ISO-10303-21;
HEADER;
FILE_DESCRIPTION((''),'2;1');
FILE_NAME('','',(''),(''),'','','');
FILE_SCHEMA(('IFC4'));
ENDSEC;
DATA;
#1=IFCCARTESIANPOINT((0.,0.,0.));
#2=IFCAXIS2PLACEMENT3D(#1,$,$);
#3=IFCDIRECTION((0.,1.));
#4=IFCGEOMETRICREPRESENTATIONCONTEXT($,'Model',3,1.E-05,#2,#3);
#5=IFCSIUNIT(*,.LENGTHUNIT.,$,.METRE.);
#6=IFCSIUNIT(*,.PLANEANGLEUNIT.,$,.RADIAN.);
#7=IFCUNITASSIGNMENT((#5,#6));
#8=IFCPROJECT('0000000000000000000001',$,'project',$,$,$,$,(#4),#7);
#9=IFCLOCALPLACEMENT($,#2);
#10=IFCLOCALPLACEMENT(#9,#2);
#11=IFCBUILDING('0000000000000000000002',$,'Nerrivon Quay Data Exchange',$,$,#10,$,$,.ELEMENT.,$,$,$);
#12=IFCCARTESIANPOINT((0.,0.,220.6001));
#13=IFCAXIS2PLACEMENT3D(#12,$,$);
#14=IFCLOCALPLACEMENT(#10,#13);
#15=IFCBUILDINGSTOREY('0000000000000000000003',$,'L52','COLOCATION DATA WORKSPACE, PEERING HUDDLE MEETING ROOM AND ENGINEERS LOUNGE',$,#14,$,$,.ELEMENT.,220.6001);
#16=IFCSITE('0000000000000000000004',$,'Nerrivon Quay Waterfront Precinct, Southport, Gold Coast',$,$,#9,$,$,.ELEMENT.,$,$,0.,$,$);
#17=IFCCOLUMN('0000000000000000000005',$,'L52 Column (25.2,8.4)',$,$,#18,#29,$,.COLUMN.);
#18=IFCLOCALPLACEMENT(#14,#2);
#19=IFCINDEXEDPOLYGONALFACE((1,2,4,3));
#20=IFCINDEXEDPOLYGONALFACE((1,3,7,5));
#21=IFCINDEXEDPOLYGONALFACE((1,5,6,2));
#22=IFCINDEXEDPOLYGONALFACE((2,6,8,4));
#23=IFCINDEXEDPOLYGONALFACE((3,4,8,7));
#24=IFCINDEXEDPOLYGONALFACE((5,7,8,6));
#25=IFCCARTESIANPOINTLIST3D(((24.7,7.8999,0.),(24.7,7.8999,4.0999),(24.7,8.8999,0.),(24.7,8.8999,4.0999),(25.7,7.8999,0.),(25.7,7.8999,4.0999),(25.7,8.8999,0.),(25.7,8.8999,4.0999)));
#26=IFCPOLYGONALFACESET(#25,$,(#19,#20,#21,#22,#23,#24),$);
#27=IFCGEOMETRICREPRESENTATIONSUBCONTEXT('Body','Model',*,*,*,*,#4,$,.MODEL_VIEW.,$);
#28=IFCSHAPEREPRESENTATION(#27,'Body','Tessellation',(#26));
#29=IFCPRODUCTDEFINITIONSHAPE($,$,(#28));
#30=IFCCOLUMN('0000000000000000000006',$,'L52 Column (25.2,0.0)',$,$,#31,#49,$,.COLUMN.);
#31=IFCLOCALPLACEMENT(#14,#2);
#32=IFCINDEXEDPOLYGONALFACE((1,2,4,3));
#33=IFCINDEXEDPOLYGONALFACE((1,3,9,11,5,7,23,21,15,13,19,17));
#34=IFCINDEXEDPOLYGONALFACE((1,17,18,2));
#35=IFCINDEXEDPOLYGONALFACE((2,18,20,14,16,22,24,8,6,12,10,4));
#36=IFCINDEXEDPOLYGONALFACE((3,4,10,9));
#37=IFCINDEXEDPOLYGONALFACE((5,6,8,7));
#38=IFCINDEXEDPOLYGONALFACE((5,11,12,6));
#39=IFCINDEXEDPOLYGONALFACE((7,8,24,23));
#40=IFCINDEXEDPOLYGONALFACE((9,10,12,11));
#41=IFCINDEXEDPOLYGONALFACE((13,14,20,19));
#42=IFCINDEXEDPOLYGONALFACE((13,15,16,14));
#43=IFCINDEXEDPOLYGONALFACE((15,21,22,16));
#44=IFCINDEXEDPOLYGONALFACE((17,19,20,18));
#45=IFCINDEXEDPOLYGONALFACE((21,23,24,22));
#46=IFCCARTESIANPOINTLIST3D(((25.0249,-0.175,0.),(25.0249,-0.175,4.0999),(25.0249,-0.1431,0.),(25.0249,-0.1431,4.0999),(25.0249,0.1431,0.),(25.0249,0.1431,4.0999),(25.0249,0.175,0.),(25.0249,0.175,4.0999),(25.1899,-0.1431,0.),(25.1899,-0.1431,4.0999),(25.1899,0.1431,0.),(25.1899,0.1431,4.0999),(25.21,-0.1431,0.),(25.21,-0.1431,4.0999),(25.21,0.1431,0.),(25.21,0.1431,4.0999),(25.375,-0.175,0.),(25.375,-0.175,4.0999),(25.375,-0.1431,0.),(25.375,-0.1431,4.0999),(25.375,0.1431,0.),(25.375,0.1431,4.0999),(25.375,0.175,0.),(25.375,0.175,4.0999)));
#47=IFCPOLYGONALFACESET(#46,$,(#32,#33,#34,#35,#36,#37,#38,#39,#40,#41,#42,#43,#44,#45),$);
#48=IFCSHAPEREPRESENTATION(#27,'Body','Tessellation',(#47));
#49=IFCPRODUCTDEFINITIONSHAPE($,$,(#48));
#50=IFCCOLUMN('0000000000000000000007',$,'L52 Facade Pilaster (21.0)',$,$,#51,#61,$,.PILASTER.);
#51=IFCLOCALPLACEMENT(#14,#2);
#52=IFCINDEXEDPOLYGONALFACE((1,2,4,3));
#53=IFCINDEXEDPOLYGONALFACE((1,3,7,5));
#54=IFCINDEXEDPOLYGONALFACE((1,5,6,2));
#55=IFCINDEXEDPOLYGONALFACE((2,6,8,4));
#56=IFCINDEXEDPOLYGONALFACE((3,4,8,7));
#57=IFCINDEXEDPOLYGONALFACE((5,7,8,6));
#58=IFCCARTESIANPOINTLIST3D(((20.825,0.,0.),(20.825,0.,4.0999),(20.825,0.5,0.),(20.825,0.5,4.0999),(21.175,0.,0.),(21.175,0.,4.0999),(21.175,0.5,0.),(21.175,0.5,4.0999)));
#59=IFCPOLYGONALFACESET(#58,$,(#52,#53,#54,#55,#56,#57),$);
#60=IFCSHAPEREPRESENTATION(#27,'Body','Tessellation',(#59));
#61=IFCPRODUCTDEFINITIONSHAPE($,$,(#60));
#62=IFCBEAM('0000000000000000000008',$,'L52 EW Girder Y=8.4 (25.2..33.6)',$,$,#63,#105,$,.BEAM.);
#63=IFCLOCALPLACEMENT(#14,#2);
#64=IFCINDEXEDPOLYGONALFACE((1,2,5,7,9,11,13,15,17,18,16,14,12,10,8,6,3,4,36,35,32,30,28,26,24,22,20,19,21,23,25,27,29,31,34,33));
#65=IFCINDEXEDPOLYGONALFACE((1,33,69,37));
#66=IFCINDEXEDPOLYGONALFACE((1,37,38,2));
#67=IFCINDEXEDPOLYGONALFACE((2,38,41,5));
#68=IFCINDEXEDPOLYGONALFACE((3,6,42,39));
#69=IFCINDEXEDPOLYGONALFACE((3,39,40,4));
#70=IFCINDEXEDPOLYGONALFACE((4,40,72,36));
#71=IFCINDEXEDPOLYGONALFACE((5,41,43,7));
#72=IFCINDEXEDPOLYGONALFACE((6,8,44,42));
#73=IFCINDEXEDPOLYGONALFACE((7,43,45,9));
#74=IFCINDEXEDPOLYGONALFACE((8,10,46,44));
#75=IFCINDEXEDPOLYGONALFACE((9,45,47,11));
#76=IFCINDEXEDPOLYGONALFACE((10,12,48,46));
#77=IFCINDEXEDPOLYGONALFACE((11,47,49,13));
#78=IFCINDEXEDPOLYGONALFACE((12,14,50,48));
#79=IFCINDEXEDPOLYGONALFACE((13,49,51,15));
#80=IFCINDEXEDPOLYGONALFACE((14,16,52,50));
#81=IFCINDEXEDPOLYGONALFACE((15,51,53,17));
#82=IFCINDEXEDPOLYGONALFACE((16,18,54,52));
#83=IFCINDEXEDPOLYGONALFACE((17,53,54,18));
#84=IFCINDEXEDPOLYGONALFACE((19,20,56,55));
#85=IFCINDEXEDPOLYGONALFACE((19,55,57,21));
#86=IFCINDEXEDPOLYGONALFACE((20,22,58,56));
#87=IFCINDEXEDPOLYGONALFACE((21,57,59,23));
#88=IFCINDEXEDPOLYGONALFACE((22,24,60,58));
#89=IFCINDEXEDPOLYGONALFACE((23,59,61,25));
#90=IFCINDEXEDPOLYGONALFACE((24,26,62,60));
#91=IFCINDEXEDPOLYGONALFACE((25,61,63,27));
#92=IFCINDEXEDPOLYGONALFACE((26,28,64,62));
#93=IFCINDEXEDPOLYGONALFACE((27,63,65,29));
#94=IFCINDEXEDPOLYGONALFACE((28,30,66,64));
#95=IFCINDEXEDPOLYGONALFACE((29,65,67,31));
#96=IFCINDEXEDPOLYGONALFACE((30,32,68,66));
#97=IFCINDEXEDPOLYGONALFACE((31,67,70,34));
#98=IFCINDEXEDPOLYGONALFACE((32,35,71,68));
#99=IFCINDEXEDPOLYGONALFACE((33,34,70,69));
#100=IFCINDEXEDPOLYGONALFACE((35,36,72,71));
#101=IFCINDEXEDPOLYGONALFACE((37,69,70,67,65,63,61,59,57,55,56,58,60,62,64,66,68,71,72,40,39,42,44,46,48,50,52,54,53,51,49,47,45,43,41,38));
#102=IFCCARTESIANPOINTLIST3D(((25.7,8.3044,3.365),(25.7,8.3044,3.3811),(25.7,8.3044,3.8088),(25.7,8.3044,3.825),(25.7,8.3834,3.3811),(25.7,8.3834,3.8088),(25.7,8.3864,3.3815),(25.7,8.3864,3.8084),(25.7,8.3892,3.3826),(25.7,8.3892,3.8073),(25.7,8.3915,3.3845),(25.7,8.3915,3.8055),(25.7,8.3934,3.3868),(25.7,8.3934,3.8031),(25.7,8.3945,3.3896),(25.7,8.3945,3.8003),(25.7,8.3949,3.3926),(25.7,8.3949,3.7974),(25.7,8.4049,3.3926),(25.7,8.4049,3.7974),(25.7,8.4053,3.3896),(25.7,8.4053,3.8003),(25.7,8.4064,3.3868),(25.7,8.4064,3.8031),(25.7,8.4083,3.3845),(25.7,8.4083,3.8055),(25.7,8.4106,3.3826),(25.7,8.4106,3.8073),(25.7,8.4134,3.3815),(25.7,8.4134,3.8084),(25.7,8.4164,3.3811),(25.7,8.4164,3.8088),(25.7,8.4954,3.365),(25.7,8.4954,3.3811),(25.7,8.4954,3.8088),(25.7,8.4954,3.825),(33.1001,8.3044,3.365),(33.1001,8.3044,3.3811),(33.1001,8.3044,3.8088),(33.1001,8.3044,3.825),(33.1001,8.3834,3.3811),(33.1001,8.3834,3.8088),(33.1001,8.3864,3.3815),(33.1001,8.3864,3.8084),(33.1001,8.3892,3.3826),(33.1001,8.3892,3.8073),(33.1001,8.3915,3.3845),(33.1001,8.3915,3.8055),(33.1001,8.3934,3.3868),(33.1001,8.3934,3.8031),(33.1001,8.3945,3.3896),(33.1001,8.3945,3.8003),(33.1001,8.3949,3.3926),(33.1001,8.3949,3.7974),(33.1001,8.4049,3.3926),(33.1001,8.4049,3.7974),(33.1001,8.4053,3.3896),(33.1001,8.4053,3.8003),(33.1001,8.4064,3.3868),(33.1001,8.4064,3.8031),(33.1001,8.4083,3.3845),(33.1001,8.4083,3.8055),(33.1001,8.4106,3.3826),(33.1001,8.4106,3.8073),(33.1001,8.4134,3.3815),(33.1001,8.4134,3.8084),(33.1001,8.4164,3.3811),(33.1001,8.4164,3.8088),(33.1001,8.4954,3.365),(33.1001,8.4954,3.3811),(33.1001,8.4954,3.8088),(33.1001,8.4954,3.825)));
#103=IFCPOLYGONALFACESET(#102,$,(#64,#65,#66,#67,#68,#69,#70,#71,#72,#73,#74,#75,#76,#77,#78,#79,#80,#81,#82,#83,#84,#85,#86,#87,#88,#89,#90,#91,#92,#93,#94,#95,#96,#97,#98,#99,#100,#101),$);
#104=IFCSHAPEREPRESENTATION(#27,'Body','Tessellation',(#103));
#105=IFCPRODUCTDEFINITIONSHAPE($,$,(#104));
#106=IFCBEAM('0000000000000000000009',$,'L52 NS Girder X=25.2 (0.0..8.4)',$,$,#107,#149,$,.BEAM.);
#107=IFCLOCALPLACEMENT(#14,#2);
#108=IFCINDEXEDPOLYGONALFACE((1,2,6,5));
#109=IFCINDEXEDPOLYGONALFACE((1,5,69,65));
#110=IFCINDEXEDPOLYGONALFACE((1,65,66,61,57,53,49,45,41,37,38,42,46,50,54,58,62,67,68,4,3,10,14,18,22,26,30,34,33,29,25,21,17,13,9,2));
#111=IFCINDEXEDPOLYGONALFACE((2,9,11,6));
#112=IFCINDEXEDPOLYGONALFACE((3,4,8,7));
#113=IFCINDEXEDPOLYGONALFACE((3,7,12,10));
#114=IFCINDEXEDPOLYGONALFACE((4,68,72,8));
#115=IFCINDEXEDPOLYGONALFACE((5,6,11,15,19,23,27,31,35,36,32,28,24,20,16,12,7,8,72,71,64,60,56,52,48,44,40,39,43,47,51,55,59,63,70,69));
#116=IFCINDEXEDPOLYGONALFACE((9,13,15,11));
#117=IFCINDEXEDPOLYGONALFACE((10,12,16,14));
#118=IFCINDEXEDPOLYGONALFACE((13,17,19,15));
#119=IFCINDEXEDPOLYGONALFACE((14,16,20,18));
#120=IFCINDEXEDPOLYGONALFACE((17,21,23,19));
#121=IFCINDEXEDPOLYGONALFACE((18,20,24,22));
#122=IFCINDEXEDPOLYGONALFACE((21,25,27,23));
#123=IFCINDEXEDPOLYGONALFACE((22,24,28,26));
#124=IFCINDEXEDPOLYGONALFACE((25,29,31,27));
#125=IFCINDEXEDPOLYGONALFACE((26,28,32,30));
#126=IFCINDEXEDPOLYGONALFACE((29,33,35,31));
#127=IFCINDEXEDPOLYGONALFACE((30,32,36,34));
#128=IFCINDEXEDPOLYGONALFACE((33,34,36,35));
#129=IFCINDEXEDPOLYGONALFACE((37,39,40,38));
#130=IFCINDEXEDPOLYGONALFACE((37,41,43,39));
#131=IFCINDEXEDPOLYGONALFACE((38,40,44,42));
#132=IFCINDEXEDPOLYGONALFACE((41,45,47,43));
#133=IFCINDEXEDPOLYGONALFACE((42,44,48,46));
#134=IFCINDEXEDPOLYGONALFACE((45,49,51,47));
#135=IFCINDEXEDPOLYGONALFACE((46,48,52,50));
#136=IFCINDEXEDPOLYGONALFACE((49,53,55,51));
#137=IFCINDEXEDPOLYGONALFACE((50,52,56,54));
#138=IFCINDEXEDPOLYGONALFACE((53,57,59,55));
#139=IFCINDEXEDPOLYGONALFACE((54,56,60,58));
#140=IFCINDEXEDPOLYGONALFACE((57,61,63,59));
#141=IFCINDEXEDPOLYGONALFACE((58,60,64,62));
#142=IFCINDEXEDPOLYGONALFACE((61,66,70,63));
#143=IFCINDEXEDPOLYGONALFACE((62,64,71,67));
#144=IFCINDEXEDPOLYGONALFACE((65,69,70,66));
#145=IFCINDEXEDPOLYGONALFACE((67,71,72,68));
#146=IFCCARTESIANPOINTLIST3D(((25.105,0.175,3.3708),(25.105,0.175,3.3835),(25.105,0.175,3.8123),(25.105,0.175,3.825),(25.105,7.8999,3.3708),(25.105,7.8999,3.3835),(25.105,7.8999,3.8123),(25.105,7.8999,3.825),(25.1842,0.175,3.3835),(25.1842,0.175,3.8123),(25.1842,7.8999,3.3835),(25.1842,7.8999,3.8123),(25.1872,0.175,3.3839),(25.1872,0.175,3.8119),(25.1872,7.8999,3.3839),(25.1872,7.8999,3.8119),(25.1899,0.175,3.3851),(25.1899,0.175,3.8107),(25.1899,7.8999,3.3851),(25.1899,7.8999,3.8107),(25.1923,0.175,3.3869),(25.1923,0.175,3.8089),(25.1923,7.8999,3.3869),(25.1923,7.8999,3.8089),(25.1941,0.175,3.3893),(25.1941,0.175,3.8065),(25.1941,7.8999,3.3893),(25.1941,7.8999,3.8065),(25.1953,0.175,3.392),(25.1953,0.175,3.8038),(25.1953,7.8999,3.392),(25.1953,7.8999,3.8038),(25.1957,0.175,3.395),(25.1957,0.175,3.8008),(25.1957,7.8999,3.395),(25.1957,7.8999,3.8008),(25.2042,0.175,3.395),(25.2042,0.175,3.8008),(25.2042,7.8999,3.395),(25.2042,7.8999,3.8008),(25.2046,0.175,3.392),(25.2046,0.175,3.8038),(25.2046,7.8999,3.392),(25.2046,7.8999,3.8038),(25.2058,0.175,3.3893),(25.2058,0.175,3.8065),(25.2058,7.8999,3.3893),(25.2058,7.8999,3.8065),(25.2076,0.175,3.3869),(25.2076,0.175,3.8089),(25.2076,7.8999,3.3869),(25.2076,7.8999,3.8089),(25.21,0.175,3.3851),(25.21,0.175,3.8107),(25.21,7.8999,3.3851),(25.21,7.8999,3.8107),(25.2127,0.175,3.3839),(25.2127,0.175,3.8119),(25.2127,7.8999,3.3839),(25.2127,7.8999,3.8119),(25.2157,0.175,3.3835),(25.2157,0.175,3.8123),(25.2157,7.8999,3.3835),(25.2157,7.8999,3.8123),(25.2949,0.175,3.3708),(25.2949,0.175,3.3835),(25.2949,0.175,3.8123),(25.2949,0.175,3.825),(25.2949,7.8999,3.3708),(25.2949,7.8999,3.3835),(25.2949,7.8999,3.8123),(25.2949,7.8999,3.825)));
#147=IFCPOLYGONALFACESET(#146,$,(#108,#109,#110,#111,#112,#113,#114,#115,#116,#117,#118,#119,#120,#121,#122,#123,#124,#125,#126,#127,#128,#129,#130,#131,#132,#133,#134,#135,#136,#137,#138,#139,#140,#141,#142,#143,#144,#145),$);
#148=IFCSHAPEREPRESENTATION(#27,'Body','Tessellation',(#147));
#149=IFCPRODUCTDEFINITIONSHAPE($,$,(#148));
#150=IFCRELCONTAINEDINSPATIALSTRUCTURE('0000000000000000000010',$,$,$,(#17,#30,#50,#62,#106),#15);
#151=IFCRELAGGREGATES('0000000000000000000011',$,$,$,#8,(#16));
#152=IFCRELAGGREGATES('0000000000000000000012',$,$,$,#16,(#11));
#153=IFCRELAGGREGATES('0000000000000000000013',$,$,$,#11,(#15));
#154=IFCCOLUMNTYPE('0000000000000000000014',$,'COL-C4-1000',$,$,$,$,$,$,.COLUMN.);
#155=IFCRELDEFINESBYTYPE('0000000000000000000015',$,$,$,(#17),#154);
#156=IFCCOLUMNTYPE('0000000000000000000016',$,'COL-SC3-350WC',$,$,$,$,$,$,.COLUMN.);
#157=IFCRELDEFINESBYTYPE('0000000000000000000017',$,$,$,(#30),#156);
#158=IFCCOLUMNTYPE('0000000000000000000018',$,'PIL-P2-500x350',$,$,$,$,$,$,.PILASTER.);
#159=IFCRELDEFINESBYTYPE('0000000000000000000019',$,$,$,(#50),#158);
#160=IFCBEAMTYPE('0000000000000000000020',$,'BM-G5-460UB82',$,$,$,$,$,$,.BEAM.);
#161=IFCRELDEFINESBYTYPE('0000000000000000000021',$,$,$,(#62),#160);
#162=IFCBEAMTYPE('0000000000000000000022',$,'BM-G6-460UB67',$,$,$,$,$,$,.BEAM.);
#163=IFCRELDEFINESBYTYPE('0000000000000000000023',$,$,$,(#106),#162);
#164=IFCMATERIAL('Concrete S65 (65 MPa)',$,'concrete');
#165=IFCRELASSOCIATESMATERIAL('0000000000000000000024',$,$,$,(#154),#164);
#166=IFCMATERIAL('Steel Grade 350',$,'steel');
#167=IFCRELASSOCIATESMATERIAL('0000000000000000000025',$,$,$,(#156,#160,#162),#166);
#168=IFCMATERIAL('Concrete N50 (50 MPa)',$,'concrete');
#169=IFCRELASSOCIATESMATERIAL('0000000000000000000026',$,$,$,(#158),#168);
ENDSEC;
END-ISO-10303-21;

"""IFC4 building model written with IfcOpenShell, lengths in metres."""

from ifc_helpers import new_model, si_unit, direction, frame, origin, origin_2d, place, context, subcontext, project, spatial, rectangle, i_section, extrude, material, material_profile, profile_set, type_object, element, save


model = new_model("IFC4")

# Units and contexts
model_context = context("Model", 3, precision=1e-05, world=origin(), true_north=direction((0.0, 1.0)))
body_context = subcontext(model_context, "Body", "Model", "MODEL_VIEW")
ifc_project = project(units=[si_unit("LENGTHUNIT", "METRE"), si_unit("PLANEANGLEUNIT", "RADIAN")], contexts=[model_context])

# Site, building, storey
site_placement = place(None, origin())
site = spatial("IfcSite", under=ifc_project, at=site_placement, Name="Nerrivon Quay Waterfront Precinct, Southport, Gold Coast", CompositionType="ELEMENT", RefElevation=0.0)
building_placement = place(site_placement, origin())
building = spatial("IfcBuilding", under=site, at=building_placement, Name="Nerrivon Quay Data Exchange", CompositionType="ELEMENT")
storey_placement = place(building_placement, frame((0.0, 0.0, 220.6001)))
storey = spatial("IfcBuildingStorey", under=building, at=storey_placement, Name="L52", Description="COLOCATION DATA WORKSPACE, PEERING HUDDLE MEETING ROOM AND ENGINEERS LOUNGE", CompositionType="ELEMENT", Elevation=220.6001)

# Columns
ifc_material_1 = material(Name="Concrete S65 (65 MPa)", Category="concrete")
ifc_material_profile_1 = material_profile(ifc_material_1, rectangle(XDim=1.0, YDim=1.0, at=origin_2d()), Name="RC-COL-1000x1000")
ifc_profile_set_1 = profile_set([ifc_material_profile_1], Name="Concrete S65 (65 MPa)")
column_type_1 = type_object("IfcColumnType", Name="COL-C4-1000", PredefinedType="COLUMN", material=ifc_profile_set_1)
column_1_placement = place(storey_placement, frame((25.2, 8.3999, 0.0), z_axis=(0.0, 0.0, 1.0), x_axis=(1.0, 0.0, 0.0)))
element("IfcColumn", 1, at=column_1_placement, inside=storey, type_object=column_type_1, Name="L52 Column (25.2,8.4)", PredefinedType="COLUMN", context=body_context, shape_type="SweptSolid", body=[
    extrude(rectangle(XDim=1.0, YDim=1.0, at=origin_2d()), origin(), (0.0, 0.0, 1.0), 4.0999),
])
ifc_material_2 = material(Name="Steel Grade 350", Category="steel")
ifc_material_profile_2 = material_profile(ifc_material_2, i_section(OverallWidth=0.3501, OverallDepth=0.3501, WebThickness=0.02, FlangeThickness=0.032, at=origin_2d()), Name="350WC230")
ifc_profile_set_2 = profile_set([ifc_material_profile_2], Name="Steel Grade 350")
column_type_2 = type_object("IfcColumnType", Name="COL-SC3-350WC", PredefinedType="COLUMN", material=ifc_profile_set_2)
column_2_placement = place(storey_placement, frame((25.2, 0.0, 0.0), z_axis=(0.0, 0.0, 1.0), x_axis=(1.0, 0.0, 0.0)))
element("IfcColumn", 2, at=column_2_placement, inside=storey, type_object=column_type_2, Name="L52 Column (25.2,0.0)", PredefinedType="COLUMN", context=body_context, shape_type="SweptSolid", body=[
    extrude(i_section(OverallWidth=0.3501, OverallDepth=0.3501, WebThickness=0.02, FlangeThickness=0.032, at=origin_2d()), origin(), (0.0, 0.0, 1.0), 4.0999),
])
ifc_material_3 = material(Name="Concrete N50 (50 MPa)", Category="concrete")
ifc_material_profile_3 = material_profile(ifc_material_3, rectangle(XDim=0.3501, YDim=0.5, at=origin_2d()), Name="RC-PIL-500x350")
ifc_profile_set_3 = profile_set([ifc_material_profile_3], Name="Concrete N50 (50 MPa)")
column_type_3 = type_object("IfcColumnType", Name="PIL-P2-500x350", PredefinedType="PILASTER", material=ifc_profile_set_3)
column_3_placement = place(storey_placement, frame((21.0, 0.25, 0.0), z_axis=(0.0, 0.0, 1.0), x_axis=(1.0, 0.0, 0.0)))
element("IfcColumn", 3, at=column_3_placement, inside=storey, type_object=column_type_3, Name="L52 Facade Pilaster (21.0)", PredefinedType="PILASTER", context=body_context, shape_type="SweptSolid", body=[
    extrude(rectangle(XDim=0.3501, YDim=0.5, at=origin_2d()), origin(), (0.0, 0.0, 1.0), 4.0999),
])

# Beams
ifc_material_profile_4 = material_profile(ifc_material_2, i_section(OverallWidth=0.1909, OverallDepth=0.46, WebThickness=0.01, FlangeThickness=0.0161, FilletRadius=0.0115, at=origin_2d()), Name="460UB82.1")
ifc_profile_set_4 = profile_set([ifc_material_profile_4], Name="Steel Grade 350")
beam_type_1 = type_object("IfcBeamType", Name="BM-G5-460UB82", PredefinedType="BEAM", material=ifc_profile_set_4)
beam_1_placement = place(storey_placement, frame((25.7, 8.3999, 3.595), z_axis=(1.0, 0.0, 0.0), x_axis=(0.0, 1.0, 0.0)))
element("IfcBeam", 4, at=beam_1_placement, inside=storey, type_object=beam_type_1, Name="L52 EW Girder Y=8.4 (25.2..33.6)", PredefinedType="BEAM", context=body_context, shape_type="SweptSolid", body=[
    extrude(i_section(OverallWidth=0.1909, OverallDepth=0.46, WebThickness=0.01, FlangeThickness=0.0161, FilletRadius=0.0115, at=origin_2d()), origin(), (0.0, 0.0, 1.0), 7.4001),
])
ifc_material_profile_5 = material_profile(ifc_material_2, i_section(OverallWidth=0.1899, OverallDepth=0.4541, WebThickness=0.0085, FlangeThickness=0.0127, FilletRadius=0.0115, at=origin_2d()), Name="460UB67.1")
ifc_profile_set_5 = profile_set([ifc_material_profile_5], Name="Steel Grade 350")
beam_type_2 = type_object("IfcBeamType", Name="BM-G6-460UB67", PredefinedType="BEAM", material=ifc_profile_set_5)
beam_2_placement = place(storey_placement, frame((25.2, 0.175, 3.5979), z_axis=(0.0, 1.0, 0.0), x_axis=(-1.0, 0.0, 0.0)))
element("IfcBeam", 5, at=beam_2_placement, inside=storey, type_object=beam_type_2, Name="L52 NS Girder X=25.2 (0.0..8.4)", PredefinedType="BEAM", context=body_context, shape_type="SweptSolid", body=[
    extrude(i_section(OverallWidth=0.1899, OverallDepth=0.4541, WebThickness=0.0085, FlangeThickness=0.0127, FilletRadius=0.0115, at=origin_2d()), origin(), (0.0, 0.0, 1.0), 7.7249),
])

save(model, "model.ifc")
